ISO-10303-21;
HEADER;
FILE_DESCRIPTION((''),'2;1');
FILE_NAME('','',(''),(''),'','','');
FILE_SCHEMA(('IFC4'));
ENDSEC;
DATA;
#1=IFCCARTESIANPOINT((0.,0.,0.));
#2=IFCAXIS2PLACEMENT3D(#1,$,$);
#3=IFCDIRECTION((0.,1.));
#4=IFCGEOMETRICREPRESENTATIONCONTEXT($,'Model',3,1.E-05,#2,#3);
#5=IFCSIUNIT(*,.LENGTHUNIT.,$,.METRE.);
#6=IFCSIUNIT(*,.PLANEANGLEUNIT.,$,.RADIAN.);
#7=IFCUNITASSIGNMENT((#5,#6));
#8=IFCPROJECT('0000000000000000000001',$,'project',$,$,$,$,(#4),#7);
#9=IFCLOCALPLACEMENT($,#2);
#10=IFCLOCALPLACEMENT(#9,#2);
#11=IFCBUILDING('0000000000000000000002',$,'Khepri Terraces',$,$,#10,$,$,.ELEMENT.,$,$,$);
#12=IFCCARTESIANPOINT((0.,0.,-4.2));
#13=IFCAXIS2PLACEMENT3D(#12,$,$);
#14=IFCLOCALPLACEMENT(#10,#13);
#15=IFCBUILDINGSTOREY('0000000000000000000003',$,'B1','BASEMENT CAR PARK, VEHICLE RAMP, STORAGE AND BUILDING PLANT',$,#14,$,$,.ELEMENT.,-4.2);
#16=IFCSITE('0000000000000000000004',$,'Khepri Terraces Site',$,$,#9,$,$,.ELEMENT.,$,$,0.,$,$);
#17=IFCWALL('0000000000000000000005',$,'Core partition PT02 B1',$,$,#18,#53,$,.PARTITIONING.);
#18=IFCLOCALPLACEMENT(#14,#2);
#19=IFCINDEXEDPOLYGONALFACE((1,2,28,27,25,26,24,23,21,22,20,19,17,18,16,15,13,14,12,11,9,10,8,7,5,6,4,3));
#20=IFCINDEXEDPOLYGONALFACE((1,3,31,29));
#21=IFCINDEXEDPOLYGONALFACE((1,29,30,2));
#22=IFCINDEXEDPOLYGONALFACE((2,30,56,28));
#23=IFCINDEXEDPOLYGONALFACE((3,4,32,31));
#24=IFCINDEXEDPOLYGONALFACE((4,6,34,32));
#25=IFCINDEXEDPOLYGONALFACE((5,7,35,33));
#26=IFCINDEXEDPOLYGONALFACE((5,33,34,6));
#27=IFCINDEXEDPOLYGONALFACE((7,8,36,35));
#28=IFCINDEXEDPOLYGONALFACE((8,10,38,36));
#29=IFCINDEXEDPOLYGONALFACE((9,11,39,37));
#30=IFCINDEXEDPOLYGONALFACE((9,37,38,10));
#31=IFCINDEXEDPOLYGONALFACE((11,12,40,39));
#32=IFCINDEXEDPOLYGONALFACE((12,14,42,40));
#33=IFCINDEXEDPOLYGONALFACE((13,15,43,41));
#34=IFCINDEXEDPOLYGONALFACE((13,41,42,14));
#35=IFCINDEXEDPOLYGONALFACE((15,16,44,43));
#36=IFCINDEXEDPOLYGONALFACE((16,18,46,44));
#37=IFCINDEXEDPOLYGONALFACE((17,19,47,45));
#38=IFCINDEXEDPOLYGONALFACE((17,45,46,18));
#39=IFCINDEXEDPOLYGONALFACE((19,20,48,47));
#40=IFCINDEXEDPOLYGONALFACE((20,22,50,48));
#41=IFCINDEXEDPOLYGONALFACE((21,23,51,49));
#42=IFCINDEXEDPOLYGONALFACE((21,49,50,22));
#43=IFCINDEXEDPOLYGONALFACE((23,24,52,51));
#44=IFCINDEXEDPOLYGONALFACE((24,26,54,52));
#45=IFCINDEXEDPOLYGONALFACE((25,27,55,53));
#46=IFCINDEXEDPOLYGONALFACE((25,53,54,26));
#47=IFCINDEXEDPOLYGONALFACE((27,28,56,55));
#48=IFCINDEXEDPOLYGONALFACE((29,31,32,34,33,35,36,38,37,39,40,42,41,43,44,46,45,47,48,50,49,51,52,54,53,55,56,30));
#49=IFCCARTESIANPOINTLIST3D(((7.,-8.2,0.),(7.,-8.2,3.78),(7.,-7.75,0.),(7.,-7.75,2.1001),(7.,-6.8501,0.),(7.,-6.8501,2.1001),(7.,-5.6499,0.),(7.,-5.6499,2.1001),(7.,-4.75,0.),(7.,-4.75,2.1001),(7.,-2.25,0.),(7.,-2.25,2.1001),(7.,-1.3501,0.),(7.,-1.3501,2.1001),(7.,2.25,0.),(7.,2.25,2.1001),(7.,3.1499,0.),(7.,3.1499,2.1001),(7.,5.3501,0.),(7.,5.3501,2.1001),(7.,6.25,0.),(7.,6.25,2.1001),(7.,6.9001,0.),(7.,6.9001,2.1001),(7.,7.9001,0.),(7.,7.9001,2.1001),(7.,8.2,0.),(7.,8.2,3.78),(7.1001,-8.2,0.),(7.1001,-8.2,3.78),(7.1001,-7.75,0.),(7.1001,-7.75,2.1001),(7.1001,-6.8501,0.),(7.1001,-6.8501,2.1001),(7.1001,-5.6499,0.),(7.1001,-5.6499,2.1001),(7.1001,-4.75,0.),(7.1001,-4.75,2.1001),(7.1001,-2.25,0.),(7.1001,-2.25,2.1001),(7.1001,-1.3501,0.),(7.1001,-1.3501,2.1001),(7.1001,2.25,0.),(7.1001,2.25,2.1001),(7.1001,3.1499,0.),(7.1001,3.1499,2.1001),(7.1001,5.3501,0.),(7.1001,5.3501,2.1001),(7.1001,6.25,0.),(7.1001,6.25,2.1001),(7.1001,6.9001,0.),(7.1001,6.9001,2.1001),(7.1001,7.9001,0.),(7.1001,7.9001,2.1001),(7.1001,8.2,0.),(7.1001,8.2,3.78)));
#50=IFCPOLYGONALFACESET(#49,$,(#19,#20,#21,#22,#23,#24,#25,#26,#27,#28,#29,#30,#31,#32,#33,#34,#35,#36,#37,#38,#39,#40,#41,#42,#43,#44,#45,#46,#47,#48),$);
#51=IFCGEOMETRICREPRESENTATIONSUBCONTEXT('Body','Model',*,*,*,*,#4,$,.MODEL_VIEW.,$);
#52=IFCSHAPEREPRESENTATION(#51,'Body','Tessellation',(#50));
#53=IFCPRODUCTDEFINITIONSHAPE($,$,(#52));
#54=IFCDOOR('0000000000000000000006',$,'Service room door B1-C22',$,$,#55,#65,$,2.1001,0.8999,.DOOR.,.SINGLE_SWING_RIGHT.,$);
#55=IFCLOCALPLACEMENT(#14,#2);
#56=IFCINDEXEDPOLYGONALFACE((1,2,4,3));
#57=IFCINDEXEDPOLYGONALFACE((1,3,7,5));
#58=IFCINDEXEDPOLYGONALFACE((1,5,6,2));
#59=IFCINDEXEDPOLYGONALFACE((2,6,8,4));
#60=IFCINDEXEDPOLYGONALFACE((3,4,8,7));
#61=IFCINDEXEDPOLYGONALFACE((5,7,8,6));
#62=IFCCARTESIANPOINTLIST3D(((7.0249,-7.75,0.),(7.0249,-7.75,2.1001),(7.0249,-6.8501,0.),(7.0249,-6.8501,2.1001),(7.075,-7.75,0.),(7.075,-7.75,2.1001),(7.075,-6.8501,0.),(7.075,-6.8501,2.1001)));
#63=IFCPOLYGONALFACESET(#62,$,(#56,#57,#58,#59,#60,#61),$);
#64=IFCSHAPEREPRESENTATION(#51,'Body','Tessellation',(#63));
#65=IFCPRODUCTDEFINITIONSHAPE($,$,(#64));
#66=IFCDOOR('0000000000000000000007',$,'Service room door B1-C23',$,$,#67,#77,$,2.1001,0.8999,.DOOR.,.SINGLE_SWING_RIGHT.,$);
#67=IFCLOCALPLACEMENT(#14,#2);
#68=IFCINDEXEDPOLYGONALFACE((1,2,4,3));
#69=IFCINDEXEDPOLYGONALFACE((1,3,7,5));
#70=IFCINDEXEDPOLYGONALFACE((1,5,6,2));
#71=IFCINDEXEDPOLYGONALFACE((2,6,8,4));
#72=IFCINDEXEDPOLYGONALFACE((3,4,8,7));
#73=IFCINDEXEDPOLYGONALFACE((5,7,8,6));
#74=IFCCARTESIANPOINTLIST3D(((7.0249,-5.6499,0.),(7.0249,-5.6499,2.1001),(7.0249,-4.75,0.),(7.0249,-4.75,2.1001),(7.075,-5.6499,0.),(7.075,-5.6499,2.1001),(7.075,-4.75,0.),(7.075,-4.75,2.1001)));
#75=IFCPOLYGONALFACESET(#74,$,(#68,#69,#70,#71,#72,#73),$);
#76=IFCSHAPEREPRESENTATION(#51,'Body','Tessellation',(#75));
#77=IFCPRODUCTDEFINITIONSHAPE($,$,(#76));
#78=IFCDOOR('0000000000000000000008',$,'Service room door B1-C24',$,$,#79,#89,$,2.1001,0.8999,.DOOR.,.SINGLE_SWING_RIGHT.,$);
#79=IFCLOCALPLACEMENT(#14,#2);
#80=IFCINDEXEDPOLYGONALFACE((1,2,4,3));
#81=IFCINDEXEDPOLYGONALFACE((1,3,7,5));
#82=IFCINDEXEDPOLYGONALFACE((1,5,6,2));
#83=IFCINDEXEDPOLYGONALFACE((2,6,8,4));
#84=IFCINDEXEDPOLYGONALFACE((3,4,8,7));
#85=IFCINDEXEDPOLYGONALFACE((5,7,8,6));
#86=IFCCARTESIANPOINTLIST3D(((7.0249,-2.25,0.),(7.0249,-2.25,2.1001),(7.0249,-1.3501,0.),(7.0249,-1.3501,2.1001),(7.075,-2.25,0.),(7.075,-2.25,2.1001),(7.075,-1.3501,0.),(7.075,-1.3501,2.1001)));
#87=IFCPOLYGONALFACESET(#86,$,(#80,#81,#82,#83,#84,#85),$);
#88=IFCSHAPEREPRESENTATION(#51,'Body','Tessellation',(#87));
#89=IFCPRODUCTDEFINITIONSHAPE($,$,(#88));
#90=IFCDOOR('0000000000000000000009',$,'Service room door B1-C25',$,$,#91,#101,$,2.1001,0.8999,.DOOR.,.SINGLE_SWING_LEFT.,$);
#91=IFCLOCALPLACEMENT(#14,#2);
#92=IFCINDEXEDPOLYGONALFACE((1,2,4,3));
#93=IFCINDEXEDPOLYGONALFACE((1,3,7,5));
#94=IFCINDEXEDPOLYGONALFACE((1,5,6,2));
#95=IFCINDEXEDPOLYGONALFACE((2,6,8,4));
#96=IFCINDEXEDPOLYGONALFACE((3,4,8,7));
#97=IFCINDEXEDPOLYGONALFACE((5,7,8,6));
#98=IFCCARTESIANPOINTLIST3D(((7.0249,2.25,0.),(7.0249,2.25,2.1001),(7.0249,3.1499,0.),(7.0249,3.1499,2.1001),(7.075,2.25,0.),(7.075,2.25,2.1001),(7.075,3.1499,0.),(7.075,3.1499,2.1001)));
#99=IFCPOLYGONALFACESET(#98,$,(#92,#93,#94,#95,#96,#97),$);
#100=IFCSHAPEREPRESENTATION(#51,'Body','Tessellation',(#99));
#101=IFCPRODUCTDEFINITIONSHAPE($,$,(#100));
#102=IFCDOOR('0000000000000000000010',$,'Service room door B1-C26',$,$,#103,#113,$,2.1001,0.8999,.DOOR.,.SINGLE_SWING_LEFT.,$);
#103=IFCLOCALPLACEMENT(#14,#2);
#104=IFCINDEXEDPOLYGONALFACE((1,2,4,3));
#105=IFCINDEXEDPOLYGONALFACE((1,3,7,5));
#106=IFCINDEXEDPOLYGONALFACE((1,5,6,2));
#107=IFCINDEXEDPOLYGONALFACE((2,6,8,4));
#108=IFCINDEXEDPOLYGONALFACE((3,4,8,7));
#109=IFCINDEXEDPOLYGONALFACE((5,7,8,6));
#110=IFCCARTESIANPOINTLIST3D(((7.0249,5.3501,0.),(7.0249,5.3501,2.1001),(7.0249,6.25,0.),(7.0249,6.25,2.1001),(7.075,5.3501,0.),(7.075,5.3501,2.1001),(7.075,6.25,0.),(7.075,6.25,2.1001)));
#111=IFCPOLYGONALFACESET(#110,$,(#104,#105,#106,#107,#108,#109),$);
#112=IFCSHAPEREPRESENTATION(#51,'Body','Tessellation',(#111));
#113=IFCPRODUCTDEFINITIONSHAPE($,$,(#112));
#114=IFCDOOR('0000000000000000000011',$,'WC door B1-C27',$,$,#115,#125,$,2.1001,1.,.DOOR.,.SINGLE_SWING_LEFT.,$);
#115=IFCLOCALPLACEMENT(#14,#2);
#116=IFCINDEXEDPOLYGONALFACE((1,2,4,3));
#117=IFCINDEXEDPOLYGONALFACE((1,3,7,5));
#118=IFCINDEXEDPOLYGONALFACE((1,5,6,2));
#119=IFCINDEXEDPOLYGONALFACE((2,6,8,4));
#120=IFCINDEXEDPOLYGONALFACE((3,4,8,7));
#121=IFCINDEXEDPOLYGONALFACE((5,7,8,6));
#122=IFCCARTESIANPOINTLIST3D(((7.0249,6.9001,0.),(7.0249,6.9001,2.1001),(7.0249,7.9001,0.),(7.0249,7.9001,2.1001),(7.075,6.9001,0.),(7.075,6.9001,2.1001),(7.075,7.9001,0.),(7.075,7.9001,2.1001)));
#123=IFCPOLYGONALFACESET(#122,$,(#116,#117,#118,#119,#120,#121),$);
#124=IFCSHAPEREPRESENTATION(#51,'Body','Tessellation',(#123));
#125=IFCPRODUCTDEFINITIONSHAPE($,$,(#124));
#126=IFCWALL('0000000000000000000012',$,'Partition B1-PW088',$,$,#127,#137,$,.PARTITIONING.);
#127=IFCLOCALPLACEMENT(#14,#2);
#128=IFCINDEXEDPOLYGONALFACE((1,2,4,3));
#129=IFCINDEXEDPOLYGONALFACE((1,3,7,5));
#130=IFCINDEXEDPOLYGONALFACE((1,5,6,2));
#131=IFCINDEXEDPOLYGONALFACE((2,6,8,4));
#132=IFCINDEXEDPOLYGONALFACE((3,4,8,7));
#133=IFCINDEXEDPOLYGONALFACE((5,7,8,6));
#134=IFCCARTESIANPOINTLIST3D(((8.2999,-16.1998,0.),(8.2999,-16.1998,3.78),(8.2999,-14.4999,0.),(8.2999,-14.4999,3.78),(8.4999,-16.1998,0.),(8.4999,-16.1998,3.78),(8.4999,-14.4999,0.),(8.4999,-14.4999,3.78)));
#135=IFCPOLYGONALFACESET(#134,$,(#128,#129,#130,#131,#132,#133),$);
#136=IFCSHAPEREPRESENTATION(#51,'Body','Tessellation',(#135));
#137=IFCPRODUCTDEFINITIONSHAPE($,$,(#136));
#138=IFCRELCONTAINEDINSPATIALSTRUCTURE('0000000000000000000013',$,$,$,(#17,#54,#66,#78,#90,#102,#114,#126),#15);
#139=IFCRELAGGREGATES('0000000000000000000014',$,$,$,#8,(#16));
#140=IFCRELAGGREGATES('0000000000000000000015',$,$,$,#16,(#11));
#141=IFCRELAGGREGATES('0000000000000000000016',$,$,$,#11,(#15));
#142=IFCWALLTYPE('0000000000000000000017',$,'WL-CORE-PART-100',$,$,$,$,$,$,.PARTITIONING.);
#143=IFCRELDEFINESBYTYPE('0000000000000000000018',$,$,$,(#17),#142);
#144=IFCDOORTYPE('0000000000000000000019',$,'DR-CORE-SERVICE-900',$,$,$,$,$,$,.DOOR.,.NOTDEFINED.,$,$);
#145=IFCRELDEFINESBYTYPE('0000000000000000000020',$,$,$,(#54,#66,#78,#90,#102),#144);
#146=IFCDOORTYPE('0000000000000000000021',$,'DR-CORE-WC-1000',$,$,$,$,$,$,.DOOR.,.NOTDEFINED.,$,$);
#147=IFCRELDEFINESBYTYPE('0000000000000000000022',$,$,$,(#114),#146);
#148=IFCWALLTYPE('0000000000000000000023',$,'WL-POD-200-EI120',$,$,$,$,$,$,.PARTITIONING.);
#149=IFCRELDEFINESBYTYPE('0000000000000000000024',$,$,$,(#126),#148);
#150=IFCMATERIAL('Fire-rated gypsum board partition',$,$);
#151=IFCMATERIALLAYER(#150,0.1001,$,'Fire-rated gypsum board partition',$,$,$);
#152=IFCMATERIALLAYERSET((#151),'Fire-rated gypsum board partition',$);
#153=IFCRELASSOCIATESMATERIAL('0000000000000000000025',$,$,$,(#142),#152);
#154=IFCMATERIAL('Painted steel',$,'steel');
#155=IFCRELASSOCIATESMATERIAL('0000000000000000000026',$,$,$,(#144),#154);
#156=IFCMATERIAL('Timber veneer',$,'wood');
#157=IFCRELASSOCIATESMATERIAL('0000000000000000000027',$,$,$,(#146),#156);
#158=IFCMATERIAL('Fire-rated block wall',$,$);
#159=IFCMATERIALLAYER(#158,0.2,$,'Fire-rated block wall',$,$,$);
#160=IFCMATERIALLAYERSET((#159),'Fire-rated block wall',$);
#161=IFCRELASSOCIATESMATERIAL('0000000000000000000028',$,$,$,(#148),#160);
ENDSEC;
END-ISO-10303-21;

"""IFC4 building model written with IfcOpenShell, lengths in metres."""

from ifc_helpers import new_model, si_unit, direction, frame, frame_2d, origin, place, context, subcontext, project, spatial, rectangle, extrude, material, layer, layer_set, type_object, element, fill, save


model = new_model("IFC4")

# Units and contexts
model_context = context("Model", 3, precision=1e-05, world=origin(), true_north=direction((0.0, 1.0)))
body_context = subcontext(model_context, "Body", "Model", "MODEL_VIEW")
ifc_project = project(units=[si_unit("LENGTHUNIT", "METRE"), si_unit("PLANEANGLEUNIT", "RADIAN")], contexts=[model_context])

# Site, building, storey
site_placement = place(None, origin())
site = spatial("IfcSite", under=ifc_project, at=site_placement, Name="Khepri Terraces Site", CompositionType="ELEMENT", RefElevation=0.0)
building_placement = place(site_placement, origin())
building = spatial("IfcBuilding", under=site, at=building_placement, Name="Khepri Terraces", CompositionType="ELEMENT")
storey_placement = place(building_placement, frame((0.0, 0.0, -4.2)))
storey = spatial("IfcBuildingStorey", under=building, at=storey_placement, Name="B1", Description="BASEMENT CAR PARK, VEHICLE RAMP, STORAGE AND BUILDING PLANT", CompositionType="ELEMENT", Elevation=-4.2)

# Wall, openings, doors
ifc_material_1 = material(Name="Fire-rated gypsum board partition")
ifc_layer_1 = layer(ifc_material_1, 0.1001, Name="Fire-rated gypsum board partition")
ifc_layer_set_1 = layer_set([ifc_layer_1], Name="Fire-rated gypsum board partition")
wall_type_1 = type_object("IfcWallType", Name="WL-CORE-PART-100", PredefinedType="PARTITIONING", material=ifc_layer_set_1)
wall_1_placement = place(storey_placement, frame((7.05, -8.2, 0.0), z_axis=(0.0, 0.0, 1.0), x_axis=(0.0, 1.0, 0.0)))
wall_1 = element("IfcWall", 1, at=wall_1_placement, inside=storey, type_object=wall_type_1, Name="Core partition PT02 B1", PredefinedType="PARTITIONING", context=body_context, shape_type="SweptSolid", body=[
    extrude(rectangle(XDim=16.3999, YDim=0.1001, at=frame_2d((8.2, 0.0))), origin(), (0.0, 0.0, 1.0), 3.78),
])
opening_1_placement = place(wall_1_placement, frame((0.45, 0.0, 0.0)))
opening_1 = element("IfcOpeningElement", 2, at=opening_1_placement, cuts=wall_1, PredefinedType="OPENING", context=body_context, shape_type="SweptSolid", body=[
    extrude(rectangle(XDim=0.8999, YDim=2.1001, at=frame_2d((0.45, 1.05))), frame((0.0, 0.0601, 0.0), z_axis=(0.0, -1.0, 0.0), x_axis=(1.0, 0.0, 0.0)), (0.0, 0.0, 1.0), 0.1201),
])
opening_2_placement = place(wall_1_placement, frame((2.55, 0.0, 0.0)))
opening_2 = element("IfcOpeningElement", 3, at=opening_2_placement, cuts=wall_1, PredefinedType="OPENING", context=body_context, shape_type="SweptSolid", body=[
    extrude(rectangle(XDim=0.8999, YDim=2.1001, at=frame_2d((0.45, 1.05))), frame((0.0, 0.0601, 0.0), z_axis=(0.0, -1.0, 0.0), x_axis=(1.0, 0.0, 0.0)), (0.0, 0.0, 1.0), 0.1201),
])
opening_3_placement = place(wall_1_placement, frame((5.95, 0.0, 0.0)))
opening_3 = element("IfcOpeningElement", 4, at=opening_3_placement, cuts=wall_1, PredefinedType="OPENING", context=body_context, shape_type="SweptSolid", body=[
    extrude(rectangle(XDim=0.8999, YDim=2.1001, at=frame_2d((0.45, 1.05))), frame((0.0, 0.0601, 0.0), z_axis=(0.0, -1.0, 0.0), x_axis=(1.0, 0.0, 0.0)), (0.0, 0.0, 1.0), 0.1201),
])
opening_4_placement = place(wall_1_placement, frame((10.45, 0.0, 0.0)))
opening_4 = element("IfcOpeningElement", 5, at=opening_4_placement, cuts=wall_1, PredefinedType="OPENING", context=body_context, shape_type="SweptSolid", body=[
    extrude(rectangle(XDim=0.8999, YDim=2.1001, at=frame_2d((0.45, 1.05))), frame((0.0, 0.0601, 0.0), z_axis=(0.0, -1.0, 0.0), x_axis=(1.0, 0.0, 0.0)), (0.0, 0.0, 1.0), 0.1201),
])
opening_5_placement = place(wall_1_placement, frame((13.55, 0.0, 0.0)))
opening_5 = element("IfcOpeningElement", 6, at=opening_5_placement, cuts=wall_1, PredefinedType="OPENING", context=body_context, shape_type="SweptSolid", body=[
    extrude(rectangle(XDim=0.8999, YDim=2.1001, at=frame_2d((0.45, 1.05))), frame((0.0, 0.0601, 0.0), z_axis=(0.0, -1.0, 0.0), x_axis=(1.0, 0.0, 0.0)), (0.0, 0.0, 1.0), 0.1201),
])
opening_6_placement = place(wall_1_placement, frame((15.1001, 0.0, 0.0)))
opening_6 = element("IfcOpeningElement", 7, at=opening_6_placement, cuts=wall_1, PredefinedType="OPENING", context=body_context, shape_type="SweptSolid", body=[
    extrude(rectangle(XDim=1.0, YDim=2.1001, at=frame_2d((0.5, 1.05))), frame((0.0, 0.0601, 0.0), z_axis=(0.0, -1.0, 0.0), x_axis=(1.0, 0.0, 0.0)), (0.0, 0.0, 1.0), 0.1201),
])
ifc_material_2 = material(Name="Painted steel", Category="steel")
door_type_1 = type_object("IfcDoorType", Name="DR-CORE-SERVICE-900", OperationType="NOTDEFINED", PredefinedType="DOOR", material=ifc_material_2)
door_1_placement = place(opening_1_placement, frame((0.8999, 0.0, 0.0), z_axis=(0.0, 0.0, 1.0), x_axis=(-1.0, 0.0, 0.0)))
door_1 = element("IfcDoor", 8, at=door_1_placement, inside=storey, type_object=door_type_1, Name="Service room door B1-C22", OperationType="SINGLE_SWING_RIGHT", OverallHeight=2.1001, OverallWidth=0.8999, PredefinedType="DOOR", context=body_context, shape_type="SweptSolid", body=[
    extrude(rectangle(XDim=0.8999, YDim=2.1001, at=frame_2d((0.45, 1.05))), frame((0.0, 0.0249, 0.0), z_axis=(0.0, -1.0, 0.0), x_axis=(1.0, 0.0, 0.0)), (0.0, 0.0, 1.0), 0.05),
])
fill(opening_1, door_1)
door_2_placement = place(opening_2_placement, frame((0.8999, 0.0, 0.0), z_axis=(0.0, 0.0, 1.0), x_axis=(-1.0, 0.0, 0.0)))
door_2 = element("IfcDoor", 9, at=door_2_placement, inside=storey, type_object=door_type_1, Name="Service room door B1-C23", OperationType="SINGLE_SWING_RIGHT", OverallHeight=2.1001, OverallWidth=0.8999, PredefinedType="DOOR", context=body_context, shape_type="SweptSolid", body=[
    extrude(rectangle(XDim=0.8999, YDim=2.1001, at=frame_2d((0.45, 1.05))), frame((0.0, 0.0249, 0.0), z_axis=(0.0, -1.0, 0.0), x_axis=(1.0, 0.0, 0.0)), (0.0, 0.0, 1.0), 0.05),
])
fill(opening_2, door_2)
door_3_placement = place(opening_3_placement, frame((0.8999, 0.0, 0.0), z_axis=(0.0, 0.0, 1.0), x_axis=(-1.0, 0.0, 0.0)))
door_3 = element("IfcDoor", 10, at=door_3_placement, inside=storey, type_object=door_type_1, Name="Service room door B1-C24", OperationType="SINGLE_SWING_RIGHT", OverallHeight=2.1001, OverallWidth=0.8999, PredefinedType="DOOR", context=body_context, shape_type="SweptSolid", body=[
    extrude(rectangle(XDim=0.8999, YDim=2.1001, at=frame_2d((0.45, 1.05))), frame((0.0, 0.0249, 0.0), z_axis=(0.0, -1.0, 0.0), x_axis=(1.0, 0.0, 0.0)), (0.0, 0.0, 1.0), 0.05),
])
fill(opening_3, door_3)
door_4_placement = place(opening_4_placement, frame((0.8999, 0.0, 0.0), z_axis=(0.0, 0.0, 1.0), x_axis=(-1.0, 0.0, 0.0)))
door_4 = element("IfcDoor", 11, at=door_4_placement, inside=storey, type_object=door_type_1, Name="Service room door B1-C25", OperationType="SINGLE_SWING_LEFT", OverallHeight=2.1001, OverallWidth=0.8999, PredefinedType="DOOR", context=body_context, shape_type="SweptSolid", body=[
    extrude(rectangle(XDim=0.8999, YDim=2.1001, at=frame_2d((0.45, 1.05))), frame((0.0, 0.0249, 0.0), z_axis=(0.0, -1.0, 0.0), x_axis=(1.0, 0.0, 0.0)), (0.0, 0.0, 1.0), 0.05),
])
fill(opening_4, door_4)
door_5_placement = place(opening_5_placement, frame((0.8999, 0.0, 0.0), z_axis=(0.0, 0.0, 1.0), x_axis=(-1.0, 0.0, 0.0)))
door_5 = element("IfcDoor", 12, at=door_5_placement, inside=storey, type_object=door_type_1, Name="Service room door B1-C26", OperationType="SINGLE_SWING_LEFT", OverallHeight=2.1001, OverallWidth=0.8999, PredefinedType="DOOR", context=body_context, shape_type="SweptSolid", body=[
    extrude(rectangle(XDim=0.8999, YDim=2.1001, at=frame_2d((0.45, 1.05))), frame((0.0, 0.0249, 0.0), z_axis=(0.0, -1.0, 0.0), x_axis=(1.0, 0.0, 0.0)), (0.0, 0.0, 1.0), 0.05),
])
fill(opening_5, door_5)
ifc_material_3 = material(Name="Timber veneer", Category="wood")
door_type_2 = type_object("IfcDoorType", Name="DR-CORE-WC-1000", OperationType="NOTDEFINED", PredefinedType="DOOR", material=ifc_material_3)
door_6_placement = place(opening_6_placement, frame((1.0, 0.0, 0.0), z_axis=(0.0, 0.0, 1.0), x_axis=(-1.0, 0.0, 0.0)))
door_6 = element("IfcDoor", 13, at=door_6_placement, inside=storey, type_object=door_type_2, Name="WC door B1-C27", OperationType="SINGLE_SWING_LEFT", OverallHeight=2.1001, OverallWidth=1.0, PredefinedType="DOOR", context=body_context, shape_type="SweptSolid", body=[
    extrude(rectangle(XDim=1.0, YDim=2.1001, at=frame_2d((0.5, 1.05))), frame((0.0, 0.0249, 0.0), z_axis=(0.0, -1.0, 0.0), x_axis=(1.0, 0.0, 0.0)), (0.0, 0.0, 1.0), 0.05),
])
fill(opening_6, door_6)

# Wall
ifc_material_4 = material(Name="Fire-rated block wall")
ifc_layer_2 = layer(ifc_material_4, 0.2, Name="Fire-rated block wall")
ifc_layer_set_2 = layer_set([ifc_layer_2], Name="Fire-rated block wall")
wall_type_2 = type_object("IfcWallType", Name="WL-POD-200-EI120", PredefinedType="PARTITIONING", material=ifc_layer_set_2)
wall_2_placement = place(storey_placement, frame((8.3999, -16.2, 0.0), z_axis=(0.0, 0.0, 1.0), x_axis=(0.0, 1.0, 0.0)))
element("IfcWall", 14, at=wall_2_placement, inside=storey, type_object=wall_type_2, Name="Partition B1-PW088", PredefinedType="PARTITIONING", context=body_context, shape_type="SweptSolid", body=[
    extrude(rectangle(XDim=1.7, YDim=0.2, at=frame_2d((0.8501, 0.0))), origin(), (0.0, 0.0, 1.0), 3.78),
])

save(model, "model.ifc")
